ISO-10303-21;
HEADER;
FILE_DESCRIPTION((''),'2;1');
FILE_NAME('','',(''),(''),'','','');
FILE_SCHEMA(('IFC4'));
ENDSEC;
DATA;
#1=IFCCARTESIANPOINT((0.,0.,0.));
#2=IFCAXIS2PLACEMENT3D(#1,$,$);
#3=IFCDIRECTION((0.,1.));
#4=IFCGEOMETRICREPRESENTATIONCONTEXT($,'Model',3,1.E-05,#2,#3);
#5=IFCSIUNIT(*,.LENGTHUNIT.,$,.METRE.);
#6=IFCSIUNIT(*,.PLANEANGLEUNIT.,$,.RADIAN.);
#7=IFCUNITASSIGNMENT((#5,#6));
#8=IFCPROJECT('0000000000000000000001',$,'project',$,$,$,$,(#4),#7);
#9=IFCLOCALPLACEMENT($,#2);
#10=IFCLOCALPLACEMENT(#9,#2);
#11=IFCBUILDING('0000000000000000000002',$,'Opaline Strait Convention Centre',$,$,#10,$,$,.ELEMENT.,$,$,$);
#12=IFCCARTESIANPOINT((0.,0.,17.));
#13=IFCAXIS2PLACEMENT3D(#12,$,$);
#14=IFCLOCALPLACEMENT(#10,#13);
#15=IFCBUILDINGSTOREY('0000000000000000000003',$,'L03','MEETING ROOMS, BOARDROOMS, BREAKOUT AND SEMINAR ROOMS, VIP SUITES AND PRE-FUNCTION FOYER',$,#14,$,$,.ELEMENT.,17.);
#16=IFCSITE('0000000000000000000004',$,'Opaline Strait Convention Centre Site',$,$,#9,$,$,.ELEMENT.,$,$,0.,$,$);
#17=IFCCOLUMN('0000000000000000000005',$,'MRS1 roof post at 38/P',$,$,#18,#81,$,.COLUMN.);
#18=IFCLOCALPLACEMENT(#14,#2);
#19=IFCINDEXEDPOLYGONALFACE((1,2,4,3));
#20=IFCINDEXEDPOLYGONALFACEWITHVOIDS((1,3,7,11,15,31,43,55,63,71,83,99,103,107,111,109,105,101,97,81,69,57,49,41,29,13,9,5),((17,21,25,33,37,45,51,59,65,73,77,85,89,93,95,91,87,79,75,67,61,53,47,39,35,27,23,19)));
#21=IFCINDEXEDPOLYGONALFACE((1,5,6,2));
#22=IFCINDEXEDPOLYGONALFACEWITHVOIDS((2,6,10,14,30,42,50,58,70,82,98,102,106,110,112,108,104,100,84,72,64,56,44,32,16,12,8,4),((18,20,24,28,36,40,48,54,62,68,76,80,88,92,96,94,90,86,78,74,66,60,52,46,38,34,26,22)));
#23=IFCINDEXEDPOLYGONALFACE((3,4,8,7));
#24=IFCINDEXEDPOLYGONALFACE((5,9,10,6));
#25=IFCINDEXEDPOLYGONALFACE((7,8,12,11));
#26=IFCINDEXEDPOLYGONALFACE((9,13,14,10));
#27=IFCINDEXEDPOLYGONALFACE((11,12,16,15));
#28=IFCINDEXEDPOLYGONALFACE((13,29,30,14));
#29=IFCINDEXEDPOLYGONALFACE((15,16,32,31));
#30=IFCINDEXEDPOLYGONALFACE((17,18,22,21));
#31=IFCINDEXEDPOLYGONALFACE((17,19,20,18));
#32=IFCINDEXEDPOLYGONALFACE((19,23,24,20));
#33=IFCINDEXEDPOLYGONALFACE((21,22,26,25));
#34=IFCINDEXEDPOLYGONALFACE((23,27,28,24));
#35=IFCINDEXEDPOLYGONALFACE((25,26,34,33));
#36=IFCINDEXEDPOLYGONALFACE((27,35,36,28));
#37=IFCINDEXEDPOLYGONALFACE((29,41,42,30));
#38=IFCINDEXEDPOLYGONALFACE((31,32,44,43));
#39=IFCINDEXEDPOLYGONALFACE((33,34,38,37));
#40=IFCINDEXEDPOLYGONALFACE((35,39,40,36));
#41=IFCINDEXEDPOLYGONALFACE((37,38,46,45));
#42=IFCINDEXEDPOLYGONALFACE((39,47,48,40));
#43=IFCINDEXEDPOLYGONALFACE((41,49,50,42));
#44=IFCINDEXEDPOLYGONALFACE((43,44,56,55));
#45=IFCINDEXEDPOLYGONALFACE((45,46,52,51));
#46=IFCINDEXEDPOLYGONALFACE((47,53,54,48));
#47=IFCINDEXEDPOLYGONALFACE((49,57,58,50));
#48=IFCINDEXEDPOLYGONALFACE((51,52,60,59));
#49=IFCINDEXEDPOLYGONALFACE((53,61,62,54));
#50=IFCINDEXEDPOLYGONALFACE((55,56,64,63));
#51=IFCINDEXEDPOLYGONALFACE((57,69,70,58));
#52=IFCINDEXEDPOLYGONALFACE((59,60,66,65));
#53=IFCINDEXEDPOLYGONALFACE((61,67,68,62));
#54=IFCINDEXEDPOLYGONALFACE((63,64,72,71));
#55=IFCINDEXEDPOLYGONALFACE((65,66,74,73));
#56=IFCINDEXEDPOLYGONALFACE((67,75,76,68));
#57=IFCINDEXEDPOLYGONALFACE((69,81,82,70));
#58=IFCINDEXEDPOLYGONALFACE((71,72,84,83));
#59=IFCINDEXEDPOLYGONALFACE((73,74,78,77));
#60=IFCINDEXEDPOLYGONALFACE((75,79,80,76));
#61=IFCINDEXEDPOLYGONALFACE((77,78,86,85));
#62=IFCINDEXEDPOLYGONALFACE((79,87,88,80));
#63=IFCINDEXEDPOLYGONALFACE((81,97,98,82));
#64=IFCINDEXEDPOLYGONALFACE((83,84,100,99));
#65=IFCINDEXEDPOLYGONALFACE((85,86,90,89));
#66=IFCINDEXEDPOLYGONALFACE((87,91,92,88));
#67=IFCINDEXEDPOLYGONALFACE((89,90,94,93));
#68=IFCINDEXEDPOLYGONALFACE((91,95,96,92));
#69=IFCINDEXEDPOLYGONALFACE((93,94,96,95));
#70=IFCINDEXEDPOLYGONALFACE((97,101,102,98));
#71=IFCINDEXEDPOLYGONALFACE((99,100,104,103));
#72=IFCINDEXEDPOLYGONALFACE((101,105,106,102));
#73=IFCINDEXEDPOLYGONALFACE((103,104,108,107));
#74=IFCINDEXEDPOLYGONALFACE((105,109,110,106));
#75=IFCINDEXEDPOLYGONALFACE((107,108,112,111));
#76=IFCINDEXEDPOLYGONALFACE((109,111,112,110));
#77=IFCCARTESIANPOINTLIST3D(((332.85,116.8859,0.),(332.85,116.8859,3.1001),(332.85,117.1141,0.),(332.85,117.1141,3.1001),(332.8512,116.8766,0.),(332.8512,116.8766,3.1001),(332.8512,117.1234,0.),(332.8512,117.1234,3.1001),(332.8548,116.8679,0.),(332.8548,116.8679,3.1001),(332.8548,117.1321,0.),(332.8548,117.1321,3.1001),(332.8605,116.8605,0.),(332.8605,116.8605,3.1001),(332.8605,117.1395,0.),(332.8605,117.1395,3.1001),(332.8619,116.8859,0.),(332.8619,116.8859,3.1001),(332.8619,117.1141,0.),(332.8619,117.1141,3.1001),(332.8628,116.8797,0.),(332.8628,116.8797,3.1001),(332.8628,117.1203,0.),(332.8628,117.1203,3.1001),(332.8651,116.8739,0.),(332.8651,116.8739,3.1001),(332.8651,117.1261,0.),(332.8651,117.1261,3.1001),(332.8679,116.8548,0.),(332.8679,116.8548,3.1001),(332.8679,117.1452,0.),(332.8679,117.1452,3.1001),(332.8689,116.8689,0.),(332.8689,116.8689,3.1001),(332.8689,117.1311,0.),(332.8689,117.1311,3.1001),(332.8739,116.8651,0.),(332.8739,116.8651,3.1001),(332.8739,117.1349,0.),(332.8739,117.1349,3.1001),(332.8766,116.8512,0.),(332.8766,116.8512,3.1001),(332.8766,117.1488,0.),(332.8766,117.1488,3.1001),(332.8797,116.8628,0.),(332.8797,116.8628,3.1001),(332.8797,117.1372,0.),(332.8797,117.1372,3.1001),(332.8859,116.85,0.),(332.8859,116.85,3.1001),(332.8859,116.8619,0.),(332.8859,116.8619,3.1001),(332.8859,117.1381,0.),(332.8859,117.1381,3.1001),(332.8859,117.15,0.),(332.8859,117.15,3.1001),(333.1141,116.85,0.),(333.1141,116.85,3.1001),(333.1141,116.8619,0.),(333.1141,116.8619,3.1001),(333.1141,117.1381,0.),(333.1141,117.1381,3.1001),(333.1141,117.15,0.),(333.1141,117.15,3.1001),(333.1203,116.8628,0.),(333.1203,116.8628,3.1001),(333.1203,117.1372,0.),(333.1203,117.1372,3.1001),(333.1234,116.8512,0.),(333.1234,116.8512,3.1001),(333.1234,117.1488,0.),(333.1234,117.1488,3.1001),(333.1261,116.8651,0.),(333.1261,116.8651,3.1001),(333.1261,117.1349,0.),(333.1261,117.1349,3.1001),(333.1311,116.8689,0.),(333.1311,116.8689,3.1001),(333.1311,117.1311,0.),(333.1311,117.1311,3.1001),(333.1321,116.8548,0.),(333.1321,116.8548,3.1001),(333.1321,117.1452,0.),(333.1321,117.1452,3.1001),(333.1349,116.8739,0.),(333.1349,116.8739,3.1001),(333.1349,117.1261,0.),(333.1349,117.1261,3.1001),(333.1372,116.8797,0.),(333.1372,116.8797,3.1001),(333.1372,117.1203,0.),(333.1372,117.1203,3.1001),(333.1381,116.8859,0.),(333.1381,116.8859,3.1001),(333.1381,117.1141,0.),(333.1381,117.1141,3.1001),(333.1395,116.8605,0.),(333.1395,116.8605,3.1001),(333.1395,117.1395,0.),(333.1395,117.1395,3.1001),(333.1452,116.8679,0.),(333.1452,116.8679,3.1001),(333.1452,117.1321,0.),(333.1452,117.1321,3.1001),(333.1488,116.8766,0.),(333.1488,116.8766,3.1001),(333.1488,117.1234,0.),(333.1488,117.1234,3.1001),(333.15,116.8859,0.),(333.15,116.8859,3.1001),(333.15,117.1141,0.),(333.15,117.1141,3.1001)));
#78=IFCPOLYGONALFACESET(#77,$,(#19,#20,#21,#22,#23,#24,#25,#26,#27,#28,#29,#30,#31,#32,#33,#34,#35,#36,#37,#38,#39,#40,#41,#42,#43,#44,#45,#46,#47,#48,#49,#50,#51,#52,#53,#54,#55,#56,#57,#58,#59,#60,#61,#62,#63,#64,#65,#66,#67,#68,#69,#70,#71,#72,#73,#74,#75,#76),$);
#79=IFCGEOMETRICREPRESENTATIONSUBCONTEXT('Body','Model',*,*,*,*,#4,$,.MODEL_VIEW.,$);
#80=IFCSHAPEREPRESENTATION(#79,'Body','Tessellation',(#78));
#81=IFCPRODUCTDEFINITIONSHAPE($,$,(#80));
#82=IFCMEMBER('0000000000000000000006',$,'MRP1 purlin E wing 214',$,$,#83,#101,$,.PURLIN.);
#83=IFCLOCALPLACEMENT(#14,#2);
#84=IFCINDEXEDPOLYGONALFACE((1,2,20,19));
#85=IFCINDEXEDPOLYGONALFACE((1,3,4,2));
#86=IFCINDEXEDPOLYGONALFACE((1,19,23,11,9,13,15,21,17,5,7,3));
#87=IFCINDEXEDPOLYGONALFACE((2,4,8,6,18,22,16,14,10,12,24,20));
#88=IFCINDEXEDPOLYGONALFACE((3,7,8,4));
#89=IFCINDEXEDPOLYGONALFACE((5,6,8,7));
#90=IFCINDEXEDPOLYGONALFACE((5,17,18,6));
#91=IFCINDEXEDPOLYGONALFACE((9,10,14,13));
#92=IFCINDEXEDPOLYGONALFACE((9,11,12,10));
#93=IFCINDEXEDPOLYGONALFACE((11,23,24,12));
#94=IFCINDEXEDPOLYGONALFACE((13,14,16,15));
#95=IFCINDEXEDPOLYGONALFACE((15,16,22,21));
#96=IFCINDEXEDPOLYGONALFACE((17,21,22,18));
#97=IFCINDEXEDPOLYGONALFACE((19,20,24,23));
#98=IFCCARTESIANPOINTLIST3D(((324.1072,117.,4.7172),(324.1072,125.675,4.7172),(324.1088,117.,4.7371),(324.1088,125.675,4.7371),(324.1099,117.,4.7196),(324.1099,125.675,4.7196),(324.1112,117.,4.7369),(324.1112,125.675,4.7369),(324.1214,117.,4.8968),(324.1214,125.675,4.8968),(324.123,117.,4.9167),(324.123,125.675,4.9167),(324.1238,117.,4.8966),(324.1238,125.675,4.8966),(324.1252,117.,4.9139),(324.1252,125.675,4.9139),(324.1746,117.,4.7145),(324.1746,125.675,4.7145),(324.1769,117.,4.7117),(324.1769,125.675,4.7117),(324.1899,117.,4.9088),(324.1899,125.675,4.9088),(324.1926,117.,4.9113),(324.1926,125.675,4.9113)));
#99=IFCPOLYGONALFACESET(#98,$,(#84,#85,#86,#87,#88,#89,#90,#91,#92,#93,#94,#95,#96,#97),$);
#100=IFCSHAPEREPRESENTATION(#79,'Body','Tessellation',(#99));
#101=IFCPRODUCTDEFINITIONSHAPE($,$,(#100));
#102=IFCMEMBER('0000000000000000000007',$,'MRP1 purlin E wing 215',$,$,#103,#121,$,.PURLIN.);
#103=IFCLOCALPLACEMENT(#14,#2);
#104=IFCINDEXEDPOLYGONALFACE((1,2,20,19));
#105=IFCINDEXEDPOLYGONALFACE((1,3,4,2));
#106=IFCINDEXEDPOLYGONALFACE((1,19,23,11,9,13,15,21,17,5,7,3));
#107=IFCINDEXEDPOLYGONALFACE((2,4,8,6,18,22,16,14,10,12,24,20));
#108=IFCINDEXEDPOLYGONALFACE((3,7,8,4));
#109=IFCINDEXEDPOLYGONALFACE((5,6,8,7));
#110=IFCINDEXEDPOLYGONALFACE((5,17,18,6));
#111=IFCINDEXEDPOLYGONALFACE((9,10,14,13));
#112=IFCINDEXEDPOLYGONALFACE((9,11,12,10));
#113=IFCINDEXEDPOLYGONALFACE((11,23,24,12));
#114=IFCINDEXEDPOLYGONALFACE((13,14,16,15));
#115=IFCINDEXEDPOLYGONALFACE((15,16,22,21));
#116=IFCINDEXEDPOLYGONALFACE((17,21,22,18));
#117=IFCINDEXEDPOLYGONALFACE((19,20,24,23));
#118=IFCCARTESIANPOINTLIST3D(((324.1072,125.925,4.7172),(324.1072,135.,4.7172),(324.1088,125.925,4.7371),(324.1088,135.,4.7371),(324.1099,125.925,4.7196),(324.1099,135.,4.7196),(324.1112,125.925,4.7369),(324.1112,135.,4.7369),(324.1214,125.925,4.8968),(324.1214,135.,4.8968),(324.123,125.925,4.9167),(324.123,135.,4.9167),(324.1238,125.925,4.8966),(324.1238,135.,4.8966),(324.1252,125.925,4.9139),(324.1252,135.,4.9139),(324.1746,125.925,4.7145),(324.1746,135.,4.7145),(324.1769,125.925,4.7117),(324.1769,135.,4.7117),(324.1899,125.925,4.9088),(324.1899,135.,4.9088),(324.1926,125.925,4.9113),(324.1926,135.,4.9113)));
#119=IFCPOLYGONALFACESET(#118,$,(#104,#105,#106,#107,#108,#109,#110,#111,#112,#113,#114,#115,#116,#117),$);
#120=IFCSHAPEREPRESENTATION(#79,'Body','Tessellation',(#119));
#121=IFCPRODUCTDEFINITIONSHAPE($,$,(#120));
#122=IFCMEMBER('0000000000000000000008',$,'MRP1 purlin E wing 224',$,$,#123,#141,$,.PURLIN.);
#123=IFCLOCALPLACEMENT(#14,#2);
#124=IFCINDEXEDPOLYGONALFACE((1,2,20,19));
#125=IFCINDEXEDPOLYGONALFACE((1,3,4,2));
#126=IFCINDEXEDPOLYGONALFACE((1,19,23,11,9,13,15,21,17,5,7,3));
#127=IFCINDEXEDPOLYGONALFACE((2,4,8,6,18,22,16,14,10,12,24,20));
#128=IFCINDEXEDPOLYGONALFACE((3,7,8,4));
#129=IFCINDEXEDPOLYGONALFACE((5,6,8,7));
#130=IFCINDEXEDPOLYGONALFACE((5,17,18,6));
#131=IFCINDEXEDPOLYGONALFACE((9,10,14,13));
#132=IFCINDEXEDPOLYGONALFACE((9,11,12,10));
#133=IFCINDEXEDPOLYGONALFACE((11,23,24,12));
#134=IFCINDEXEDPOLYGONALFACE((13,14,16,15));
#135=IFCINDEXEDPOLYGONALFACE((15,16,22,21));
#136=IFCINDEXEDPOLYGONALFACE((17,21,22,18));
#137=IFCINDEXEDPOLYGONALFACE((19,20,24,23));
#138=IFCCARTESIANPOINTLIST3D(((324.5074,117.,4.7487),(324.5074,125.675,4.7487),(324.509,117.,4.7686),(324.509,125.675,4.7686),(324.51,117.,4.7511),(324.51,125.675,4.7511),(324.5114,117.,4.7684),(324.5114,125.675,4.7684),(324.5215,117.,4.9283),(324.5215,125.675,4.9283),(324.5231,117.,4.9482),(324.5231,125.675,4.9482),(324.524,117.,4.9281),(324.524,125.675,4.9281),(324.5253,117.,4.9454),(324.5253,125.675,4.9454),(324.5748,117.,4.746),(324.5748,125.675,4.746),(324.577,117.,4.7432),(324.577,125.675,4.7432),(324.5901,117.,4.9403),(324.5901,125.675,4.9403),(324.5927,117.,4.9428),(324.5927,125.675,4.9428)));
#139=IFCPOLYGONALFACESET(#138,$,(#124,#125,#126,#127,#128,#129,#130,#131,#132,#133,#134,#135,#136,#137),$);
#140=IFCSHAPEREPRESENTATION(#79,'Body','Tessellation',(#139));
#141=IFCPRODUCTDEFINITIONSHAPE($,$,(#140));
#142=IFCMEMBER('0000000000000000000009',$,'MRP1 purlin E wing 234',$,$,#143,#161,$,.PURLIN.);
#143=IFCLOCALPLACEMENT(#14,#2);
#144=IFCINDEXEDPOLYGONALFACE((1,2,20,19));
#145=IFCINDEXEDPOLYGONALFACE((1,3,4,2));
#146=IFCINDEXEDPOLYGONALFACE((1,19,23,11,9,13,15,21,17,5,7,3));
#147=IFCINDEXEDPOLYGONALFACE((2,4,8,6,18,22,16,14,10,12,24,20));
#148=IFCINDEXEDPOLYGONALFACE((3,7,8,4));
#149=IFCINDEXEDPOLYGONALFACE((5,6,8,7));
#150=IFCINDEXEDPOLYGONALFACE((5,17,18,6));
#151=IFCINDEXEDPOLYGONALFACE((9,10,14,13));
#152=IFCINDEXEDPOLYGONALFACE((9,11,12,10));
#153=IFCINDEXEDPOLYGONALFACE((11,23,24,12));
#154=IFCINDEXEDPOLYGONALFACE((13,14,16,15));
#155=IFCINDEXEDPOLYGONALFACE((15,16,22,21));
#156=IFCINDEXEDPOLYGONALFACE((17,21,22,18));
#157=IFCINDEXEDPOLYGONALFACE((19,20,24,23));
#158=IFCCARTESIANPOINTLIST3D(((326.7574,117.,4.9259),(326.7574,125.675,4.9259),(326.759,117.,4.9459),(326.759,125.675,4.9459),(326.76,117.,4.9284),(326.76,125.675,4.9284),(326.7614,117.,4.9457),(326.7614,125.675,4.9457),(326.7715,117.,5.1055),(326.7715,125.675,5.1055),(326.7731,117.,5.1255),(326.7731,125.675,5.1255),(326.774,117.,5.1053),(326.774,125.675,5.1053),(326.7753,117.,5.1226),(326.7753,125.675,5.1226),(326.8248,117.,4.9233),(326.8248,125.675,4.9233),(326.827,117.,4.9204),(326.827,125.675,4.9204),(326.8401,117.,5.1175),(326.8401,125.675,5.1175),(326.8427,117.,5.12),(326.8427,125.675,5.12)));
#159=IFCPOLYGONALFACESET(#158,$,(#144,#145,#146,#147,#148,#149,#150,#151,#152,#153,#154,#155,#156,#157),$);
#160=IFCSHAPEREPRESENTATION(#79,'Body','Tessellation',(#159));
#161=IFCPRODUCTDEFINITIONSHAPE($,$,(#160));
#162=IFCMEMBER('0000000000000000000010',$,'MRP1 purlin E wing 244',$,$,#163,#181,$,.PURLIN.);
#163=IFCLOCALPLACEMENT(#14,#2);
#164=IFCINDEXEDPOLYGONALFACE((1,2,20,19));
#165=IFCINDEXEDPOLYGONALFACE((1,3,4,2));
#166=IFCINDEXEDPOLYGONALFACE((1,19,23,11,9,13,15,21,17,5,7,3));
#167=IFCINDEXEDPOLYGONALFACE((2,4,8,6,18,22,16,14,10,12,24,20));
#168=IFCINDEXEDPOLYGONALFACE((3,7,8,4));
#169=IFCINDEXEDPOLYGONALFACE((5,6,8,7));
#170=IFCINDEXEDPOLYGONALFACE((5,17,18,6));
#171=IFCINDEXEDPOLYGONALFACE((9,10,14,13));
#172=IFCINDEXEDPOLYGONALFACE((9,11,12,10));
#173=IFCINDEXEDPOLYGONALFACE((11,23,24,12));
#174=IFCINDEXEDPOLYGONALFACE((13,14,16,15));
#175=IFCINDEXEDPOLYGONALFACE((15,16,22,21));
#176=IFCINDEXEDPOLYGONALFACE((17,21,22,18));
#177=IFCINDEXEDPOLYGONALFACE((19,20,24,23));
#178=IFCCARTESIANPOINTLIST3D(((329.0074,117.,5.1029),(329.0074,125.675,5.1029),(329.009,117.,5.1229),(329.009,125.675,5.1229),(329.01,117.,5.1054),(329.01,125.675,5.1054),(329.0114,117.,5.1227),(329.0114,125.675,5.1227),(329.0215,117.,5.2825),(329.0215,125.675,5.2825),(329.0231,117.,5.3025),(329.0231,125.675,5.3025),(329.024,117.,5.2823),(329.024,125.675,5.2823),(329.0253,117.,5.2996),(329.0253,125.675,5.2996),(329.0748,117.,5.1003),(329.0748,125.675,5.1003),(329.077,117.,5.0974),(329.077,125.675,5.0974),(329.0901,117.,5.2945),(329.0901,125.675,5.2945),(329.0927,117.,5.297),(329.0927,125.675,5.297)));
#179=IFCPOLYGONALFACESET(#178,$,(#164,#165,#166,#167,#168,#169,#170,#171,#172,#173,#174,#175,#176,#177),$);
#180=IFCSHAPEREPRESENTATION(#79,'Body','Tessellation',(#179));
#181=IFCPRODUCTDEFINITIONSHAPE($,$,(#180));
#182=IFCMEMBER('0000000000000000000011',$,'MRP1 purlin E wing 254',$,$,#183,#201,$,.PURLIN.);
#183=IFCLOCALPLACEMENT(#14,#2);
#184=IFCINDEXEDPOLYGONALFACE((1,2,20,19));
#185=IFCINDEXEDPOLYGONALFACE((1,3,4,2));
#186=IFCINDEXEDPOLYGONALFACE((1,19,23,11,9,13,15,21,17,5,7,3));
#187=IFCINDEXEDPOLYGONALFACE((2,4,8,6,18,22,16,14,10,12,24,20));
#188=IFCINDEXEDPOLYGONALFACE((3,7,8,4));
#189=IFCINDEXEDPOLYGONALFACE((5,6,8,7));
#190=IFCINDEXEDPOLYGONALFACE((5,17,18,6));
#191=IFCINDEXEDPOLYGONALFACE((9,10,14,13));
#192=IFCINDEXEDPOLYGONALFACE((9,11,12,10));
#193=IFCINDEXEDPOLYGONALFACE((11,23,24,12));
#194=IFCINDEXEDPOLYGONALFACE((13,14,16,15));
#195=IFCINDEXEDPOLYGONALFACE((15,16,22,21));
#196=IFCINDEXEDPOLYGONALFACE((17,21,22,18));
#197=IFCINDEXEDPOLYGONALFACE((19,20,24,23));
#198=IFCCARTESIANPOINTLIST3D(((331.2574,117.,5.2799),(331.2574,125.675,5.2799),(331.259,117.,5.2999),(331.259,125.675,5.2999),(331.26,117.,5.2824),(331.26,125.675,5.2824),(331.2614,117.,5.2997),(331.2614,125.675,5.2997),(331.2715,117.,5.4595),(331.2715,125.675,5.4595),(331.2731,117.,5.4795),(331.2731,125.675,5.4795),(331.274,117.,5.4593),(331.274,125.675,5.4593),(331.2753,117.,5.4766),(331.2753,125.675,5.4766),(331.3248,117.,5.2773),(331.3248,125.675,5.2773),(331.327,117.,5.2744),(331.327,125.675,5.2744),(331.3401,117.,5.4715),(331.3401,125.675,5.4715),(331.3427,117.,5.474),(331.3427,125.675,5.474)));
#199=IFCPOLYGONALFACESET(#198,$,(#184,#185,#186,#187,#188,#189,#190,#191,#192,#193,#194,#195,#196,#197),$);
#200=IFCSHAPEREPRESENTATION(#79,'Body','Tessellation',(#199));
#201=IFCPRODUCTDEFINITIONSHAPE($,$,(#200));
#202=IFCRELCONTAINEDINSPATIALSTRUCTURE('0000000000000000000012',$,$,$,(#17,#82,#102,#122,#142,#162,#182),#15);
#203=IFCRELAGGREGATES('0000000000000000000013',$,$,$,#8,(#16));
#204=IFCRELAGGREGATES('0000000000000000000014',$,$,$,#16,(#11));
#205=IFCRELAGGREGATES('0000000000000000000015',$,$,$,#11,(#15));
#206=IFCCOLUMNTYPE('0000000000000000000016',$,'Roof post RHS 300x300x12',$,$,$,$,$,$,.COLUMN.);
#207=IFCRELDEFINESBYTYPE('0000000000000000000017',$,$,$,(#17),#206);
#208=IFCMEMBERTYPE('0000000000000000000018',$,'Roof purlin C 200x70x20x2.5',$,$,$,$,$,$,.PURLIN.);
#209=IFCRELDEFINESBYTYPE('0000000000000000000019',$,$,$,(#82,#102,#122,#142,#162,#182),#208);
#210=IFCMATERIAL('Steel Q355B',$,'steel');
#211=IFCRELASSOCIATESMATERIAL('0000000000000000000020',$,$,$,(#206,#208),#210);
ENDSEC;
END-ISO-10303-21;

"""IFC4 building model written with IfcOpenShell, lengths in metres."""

from ifc_helpers import new_model, si_unit, direction, frame, origin, origin_2d, place, context, subcontext, project, spatial, polyline, hollow_rectangle, outline, extrude, material, material_profile, profile_set, type_object, element, save


model = new_model("IFC4")

# Units and contexts
model_context = context("Model", 3, precision=1e-05, world=origin(), true_north=direction((0.0, 1.0)))
body_context = subcontext(model_context, "Body", "Model", "MODEL_VIEW")
ifc_project = project(units=[si_unit("LENGTHUNIT", "METRE"), si_unit("PLANEANGLEUNIT", "RADIAN")], contexts=[model_context])

# Site, building, storey
site_placement = place(None, origin())
site = spatial("IfcSite", under=ifc_project, at=site_placement, Name="Opaline Strait Convention Centre Site", CompositionType="ELEMENT", RefElevation=0.0)
building_placement = place(site_placement, origin())
building = spatial("IfcBuilding", under=site, at=building_placement, Name="Opaline Strait Convention Centre", CompositionType="ELEMENT")
storey_placement = place(building_placement, frame((0.0, 0.0, 17.0)))
storey = spatial("IfcBuildingStorey", under=building, at=storey_placement, Name="L03", Description="MEETING ROOMS, BOARDROOMS, BREAKOUT AND SEMINAR ROOMS, VIP SUITES AND PRE-FUNCTION FOYER", CompositionType="ELEMENT", Elevation=17.0)

# Column
ifc_material_1 = material(Name="Steel Q355B", Category="steel")
ifc_material_profile_1 = material_profile(ifc_material_1, hollow_rectangle(XDim=0.3, YDim=0.3, WallThickness=0.012, InnerFilletRadius=0.0239, OuterFilletRadius=0.0359, at=origin_2d()), Name="RHS 300x300x12")
ifc_profile_set_1 = profile_set([ifc_material_profile_1], Name="Steel Q355B")
column_type = type_object("IfcColumnType", Name="Roof post RHS 300x300x12", PredefinedType="COLUMN", material=ifc_profile_set_1)
column_placement = place(storey_placement, frame((333.0, 117.0, 0.0), z_axis=(0.0, 0.0, 1.0), x_axis=(1.0, 0.0, 0.0)))
element("IfcColumn", 1, at=column_placement, inside=storey, type_object=column_type, Name="MRS1 roof post at 38/P", PredefinedType="COLUMN", context=body_context, shape_type="SweptSolid", body=[
    extrude(hollow_rectangle(XDim=0.3, YDim=0.3, WallThickness=0.012, InnerFilletRadius=0.0239, OuterFilletRadius=0.0359, at=origin_2d()), origin(), (0.0, 0.0, 1.0), 3.1001),
])

# Members
ifc_material_profile_2 = material_profile(ifc_material_1, outline(polyline([(-0.0349, -0.1001), (0.0349, -0.1001), (0.0349, -0.0801), (0.0325, -0.0801), (0.0325, -0.0974), (-0.0325, -0.0974), (-0.0325, 0.0974), (0.0325, 0.0974), (0.0325, 0.0801), (0.0349, 0.0801), (0.0349, 0.1001), (-0.0349, 0.1001), (-0.0349, -0.1001)])), Name="C 200x70x20x2.5")
ifc_profile_set_2 = profile_set([ifc_material_profile_2], Name="Steel Q355B")
member_type_1 = type_object("IfcMemberType", Name="Roof purlin C 200x70x20x2.5", PredefinedType="PURLIN", material=ifc_profile_set_2)
member_1_placement = place(storey_placement, frame((324.1499, 117.0, 4.8142), z_axis=(0.0, 1.0, 0.0), x_axis=(-0.996917, 0.0, 0.078459)))
element("IfcMember", 2, at=member_1_placement, inside=storey, type_object=member_type_1, Name="MRP1 purlin E wing 214", PredefinedType="PURLIN", context=body_context, shape_type="SweptSolid", body=[
    extrude(outline(polyline([(-0.0349, -0.1001), (0.0349, -0.1001), (0.0349, -0.0801), (0.0325, -0.0801), (0.0325, -0.0974), (-0.0325, -0.0974), (-0.0325, 0.0974), (0.0325, 0.0974), (0.0325, 0.0801), (0.0349, 0.0801), (0.0349, 0.1001), (-0.0349, 0.1001), (-0.0349, -0.1001)])), origin(), (0.0, 0.0, 1.0), 8.675),
])
member_2_placement = place(storey_placement, frame((324.1499, 125.925, 4.8142), z_axis=(0.0, 1.0, 0.0), x_axis=(-0.996917, 0.0, 0.078459)))
element("IfcMember", 3, at=member_2_placement, inside=storey, type_object=member_type_1, Name="MRP1 purlin E wing 215", PredefinedType="PURLIN", context=body_context, shape_type="SweptSolid", body=[
    extrude(outline(polyline([(-0.0349, -0.1001), (0.0349, -0.1001), (0.0349, -0.0801), (0.0325, -0.0801), (0.0325, -0.0974), (-0.0325, -0.0974), (-0.0325, 0.0974), (0.0325, 0.0974), (0.0325, 0.0801), (0.0349, 0.0801), (0.0349, 0.1001), (-0.0349, 0.1001), (-0.0349, -0.1001)])), origin(), (0.0, 0.0, 1.0), 9.075),
])
for number, where, z_axis, x_axis, name in (
    (4, (324.55, 117.0, 4.8457), (0.0, 1.0, 0.0), (-0.996917, 0.0, 0.078459), "MRP1 purlin E wing 224"),
    (5, (326.8, 117.0, 5.0229), (0.0, 1.0, 0.0), (-0.996917, 0.0, 0.078459), "MRP1 purlin E wing 234"),
    (6, (329.05, 117.0, 5.2), (0.0, 1.0, 0.0), (-0.996917, 0.0, 0.078459), "MRP1 purlin E wing 244"),
    (7, (331.3, 117.0, 5.377), (0.0, 1.0, 0.0), (-0.996917, 0.0, 0.078459), "MRP1 purlin E wing 254"),
):
    element("IfcMember", number, at=place(storey_placement, frame(where, z_axis=z_axis, x_axis=x_axis)), inside=storey, type_object=member_type_1, Name=name, PredefinedType="PURLIN", context=body_context, shape_type="SweptSolid", body=[
        extrude(outline(polyline([(-0.0349, -0.1001), (0.0349, -0.1001), (0.0349, -0.0801), (0.0325, -0.0801), (0.0325, -0.0974), (-0.0325, -0.0974), (-0.0325, 0.0974), (0.0325, 0.0974), (0.0325, 0.0801), (0.0349, 0.0801), (0.0349, 0.1001), (-0.0349, 0.1001), (-0.0349, -0.1001)])), origin(), (0.0, 0.0, 1.0), 8.675),
    ])

save(model, "model.ifc")
